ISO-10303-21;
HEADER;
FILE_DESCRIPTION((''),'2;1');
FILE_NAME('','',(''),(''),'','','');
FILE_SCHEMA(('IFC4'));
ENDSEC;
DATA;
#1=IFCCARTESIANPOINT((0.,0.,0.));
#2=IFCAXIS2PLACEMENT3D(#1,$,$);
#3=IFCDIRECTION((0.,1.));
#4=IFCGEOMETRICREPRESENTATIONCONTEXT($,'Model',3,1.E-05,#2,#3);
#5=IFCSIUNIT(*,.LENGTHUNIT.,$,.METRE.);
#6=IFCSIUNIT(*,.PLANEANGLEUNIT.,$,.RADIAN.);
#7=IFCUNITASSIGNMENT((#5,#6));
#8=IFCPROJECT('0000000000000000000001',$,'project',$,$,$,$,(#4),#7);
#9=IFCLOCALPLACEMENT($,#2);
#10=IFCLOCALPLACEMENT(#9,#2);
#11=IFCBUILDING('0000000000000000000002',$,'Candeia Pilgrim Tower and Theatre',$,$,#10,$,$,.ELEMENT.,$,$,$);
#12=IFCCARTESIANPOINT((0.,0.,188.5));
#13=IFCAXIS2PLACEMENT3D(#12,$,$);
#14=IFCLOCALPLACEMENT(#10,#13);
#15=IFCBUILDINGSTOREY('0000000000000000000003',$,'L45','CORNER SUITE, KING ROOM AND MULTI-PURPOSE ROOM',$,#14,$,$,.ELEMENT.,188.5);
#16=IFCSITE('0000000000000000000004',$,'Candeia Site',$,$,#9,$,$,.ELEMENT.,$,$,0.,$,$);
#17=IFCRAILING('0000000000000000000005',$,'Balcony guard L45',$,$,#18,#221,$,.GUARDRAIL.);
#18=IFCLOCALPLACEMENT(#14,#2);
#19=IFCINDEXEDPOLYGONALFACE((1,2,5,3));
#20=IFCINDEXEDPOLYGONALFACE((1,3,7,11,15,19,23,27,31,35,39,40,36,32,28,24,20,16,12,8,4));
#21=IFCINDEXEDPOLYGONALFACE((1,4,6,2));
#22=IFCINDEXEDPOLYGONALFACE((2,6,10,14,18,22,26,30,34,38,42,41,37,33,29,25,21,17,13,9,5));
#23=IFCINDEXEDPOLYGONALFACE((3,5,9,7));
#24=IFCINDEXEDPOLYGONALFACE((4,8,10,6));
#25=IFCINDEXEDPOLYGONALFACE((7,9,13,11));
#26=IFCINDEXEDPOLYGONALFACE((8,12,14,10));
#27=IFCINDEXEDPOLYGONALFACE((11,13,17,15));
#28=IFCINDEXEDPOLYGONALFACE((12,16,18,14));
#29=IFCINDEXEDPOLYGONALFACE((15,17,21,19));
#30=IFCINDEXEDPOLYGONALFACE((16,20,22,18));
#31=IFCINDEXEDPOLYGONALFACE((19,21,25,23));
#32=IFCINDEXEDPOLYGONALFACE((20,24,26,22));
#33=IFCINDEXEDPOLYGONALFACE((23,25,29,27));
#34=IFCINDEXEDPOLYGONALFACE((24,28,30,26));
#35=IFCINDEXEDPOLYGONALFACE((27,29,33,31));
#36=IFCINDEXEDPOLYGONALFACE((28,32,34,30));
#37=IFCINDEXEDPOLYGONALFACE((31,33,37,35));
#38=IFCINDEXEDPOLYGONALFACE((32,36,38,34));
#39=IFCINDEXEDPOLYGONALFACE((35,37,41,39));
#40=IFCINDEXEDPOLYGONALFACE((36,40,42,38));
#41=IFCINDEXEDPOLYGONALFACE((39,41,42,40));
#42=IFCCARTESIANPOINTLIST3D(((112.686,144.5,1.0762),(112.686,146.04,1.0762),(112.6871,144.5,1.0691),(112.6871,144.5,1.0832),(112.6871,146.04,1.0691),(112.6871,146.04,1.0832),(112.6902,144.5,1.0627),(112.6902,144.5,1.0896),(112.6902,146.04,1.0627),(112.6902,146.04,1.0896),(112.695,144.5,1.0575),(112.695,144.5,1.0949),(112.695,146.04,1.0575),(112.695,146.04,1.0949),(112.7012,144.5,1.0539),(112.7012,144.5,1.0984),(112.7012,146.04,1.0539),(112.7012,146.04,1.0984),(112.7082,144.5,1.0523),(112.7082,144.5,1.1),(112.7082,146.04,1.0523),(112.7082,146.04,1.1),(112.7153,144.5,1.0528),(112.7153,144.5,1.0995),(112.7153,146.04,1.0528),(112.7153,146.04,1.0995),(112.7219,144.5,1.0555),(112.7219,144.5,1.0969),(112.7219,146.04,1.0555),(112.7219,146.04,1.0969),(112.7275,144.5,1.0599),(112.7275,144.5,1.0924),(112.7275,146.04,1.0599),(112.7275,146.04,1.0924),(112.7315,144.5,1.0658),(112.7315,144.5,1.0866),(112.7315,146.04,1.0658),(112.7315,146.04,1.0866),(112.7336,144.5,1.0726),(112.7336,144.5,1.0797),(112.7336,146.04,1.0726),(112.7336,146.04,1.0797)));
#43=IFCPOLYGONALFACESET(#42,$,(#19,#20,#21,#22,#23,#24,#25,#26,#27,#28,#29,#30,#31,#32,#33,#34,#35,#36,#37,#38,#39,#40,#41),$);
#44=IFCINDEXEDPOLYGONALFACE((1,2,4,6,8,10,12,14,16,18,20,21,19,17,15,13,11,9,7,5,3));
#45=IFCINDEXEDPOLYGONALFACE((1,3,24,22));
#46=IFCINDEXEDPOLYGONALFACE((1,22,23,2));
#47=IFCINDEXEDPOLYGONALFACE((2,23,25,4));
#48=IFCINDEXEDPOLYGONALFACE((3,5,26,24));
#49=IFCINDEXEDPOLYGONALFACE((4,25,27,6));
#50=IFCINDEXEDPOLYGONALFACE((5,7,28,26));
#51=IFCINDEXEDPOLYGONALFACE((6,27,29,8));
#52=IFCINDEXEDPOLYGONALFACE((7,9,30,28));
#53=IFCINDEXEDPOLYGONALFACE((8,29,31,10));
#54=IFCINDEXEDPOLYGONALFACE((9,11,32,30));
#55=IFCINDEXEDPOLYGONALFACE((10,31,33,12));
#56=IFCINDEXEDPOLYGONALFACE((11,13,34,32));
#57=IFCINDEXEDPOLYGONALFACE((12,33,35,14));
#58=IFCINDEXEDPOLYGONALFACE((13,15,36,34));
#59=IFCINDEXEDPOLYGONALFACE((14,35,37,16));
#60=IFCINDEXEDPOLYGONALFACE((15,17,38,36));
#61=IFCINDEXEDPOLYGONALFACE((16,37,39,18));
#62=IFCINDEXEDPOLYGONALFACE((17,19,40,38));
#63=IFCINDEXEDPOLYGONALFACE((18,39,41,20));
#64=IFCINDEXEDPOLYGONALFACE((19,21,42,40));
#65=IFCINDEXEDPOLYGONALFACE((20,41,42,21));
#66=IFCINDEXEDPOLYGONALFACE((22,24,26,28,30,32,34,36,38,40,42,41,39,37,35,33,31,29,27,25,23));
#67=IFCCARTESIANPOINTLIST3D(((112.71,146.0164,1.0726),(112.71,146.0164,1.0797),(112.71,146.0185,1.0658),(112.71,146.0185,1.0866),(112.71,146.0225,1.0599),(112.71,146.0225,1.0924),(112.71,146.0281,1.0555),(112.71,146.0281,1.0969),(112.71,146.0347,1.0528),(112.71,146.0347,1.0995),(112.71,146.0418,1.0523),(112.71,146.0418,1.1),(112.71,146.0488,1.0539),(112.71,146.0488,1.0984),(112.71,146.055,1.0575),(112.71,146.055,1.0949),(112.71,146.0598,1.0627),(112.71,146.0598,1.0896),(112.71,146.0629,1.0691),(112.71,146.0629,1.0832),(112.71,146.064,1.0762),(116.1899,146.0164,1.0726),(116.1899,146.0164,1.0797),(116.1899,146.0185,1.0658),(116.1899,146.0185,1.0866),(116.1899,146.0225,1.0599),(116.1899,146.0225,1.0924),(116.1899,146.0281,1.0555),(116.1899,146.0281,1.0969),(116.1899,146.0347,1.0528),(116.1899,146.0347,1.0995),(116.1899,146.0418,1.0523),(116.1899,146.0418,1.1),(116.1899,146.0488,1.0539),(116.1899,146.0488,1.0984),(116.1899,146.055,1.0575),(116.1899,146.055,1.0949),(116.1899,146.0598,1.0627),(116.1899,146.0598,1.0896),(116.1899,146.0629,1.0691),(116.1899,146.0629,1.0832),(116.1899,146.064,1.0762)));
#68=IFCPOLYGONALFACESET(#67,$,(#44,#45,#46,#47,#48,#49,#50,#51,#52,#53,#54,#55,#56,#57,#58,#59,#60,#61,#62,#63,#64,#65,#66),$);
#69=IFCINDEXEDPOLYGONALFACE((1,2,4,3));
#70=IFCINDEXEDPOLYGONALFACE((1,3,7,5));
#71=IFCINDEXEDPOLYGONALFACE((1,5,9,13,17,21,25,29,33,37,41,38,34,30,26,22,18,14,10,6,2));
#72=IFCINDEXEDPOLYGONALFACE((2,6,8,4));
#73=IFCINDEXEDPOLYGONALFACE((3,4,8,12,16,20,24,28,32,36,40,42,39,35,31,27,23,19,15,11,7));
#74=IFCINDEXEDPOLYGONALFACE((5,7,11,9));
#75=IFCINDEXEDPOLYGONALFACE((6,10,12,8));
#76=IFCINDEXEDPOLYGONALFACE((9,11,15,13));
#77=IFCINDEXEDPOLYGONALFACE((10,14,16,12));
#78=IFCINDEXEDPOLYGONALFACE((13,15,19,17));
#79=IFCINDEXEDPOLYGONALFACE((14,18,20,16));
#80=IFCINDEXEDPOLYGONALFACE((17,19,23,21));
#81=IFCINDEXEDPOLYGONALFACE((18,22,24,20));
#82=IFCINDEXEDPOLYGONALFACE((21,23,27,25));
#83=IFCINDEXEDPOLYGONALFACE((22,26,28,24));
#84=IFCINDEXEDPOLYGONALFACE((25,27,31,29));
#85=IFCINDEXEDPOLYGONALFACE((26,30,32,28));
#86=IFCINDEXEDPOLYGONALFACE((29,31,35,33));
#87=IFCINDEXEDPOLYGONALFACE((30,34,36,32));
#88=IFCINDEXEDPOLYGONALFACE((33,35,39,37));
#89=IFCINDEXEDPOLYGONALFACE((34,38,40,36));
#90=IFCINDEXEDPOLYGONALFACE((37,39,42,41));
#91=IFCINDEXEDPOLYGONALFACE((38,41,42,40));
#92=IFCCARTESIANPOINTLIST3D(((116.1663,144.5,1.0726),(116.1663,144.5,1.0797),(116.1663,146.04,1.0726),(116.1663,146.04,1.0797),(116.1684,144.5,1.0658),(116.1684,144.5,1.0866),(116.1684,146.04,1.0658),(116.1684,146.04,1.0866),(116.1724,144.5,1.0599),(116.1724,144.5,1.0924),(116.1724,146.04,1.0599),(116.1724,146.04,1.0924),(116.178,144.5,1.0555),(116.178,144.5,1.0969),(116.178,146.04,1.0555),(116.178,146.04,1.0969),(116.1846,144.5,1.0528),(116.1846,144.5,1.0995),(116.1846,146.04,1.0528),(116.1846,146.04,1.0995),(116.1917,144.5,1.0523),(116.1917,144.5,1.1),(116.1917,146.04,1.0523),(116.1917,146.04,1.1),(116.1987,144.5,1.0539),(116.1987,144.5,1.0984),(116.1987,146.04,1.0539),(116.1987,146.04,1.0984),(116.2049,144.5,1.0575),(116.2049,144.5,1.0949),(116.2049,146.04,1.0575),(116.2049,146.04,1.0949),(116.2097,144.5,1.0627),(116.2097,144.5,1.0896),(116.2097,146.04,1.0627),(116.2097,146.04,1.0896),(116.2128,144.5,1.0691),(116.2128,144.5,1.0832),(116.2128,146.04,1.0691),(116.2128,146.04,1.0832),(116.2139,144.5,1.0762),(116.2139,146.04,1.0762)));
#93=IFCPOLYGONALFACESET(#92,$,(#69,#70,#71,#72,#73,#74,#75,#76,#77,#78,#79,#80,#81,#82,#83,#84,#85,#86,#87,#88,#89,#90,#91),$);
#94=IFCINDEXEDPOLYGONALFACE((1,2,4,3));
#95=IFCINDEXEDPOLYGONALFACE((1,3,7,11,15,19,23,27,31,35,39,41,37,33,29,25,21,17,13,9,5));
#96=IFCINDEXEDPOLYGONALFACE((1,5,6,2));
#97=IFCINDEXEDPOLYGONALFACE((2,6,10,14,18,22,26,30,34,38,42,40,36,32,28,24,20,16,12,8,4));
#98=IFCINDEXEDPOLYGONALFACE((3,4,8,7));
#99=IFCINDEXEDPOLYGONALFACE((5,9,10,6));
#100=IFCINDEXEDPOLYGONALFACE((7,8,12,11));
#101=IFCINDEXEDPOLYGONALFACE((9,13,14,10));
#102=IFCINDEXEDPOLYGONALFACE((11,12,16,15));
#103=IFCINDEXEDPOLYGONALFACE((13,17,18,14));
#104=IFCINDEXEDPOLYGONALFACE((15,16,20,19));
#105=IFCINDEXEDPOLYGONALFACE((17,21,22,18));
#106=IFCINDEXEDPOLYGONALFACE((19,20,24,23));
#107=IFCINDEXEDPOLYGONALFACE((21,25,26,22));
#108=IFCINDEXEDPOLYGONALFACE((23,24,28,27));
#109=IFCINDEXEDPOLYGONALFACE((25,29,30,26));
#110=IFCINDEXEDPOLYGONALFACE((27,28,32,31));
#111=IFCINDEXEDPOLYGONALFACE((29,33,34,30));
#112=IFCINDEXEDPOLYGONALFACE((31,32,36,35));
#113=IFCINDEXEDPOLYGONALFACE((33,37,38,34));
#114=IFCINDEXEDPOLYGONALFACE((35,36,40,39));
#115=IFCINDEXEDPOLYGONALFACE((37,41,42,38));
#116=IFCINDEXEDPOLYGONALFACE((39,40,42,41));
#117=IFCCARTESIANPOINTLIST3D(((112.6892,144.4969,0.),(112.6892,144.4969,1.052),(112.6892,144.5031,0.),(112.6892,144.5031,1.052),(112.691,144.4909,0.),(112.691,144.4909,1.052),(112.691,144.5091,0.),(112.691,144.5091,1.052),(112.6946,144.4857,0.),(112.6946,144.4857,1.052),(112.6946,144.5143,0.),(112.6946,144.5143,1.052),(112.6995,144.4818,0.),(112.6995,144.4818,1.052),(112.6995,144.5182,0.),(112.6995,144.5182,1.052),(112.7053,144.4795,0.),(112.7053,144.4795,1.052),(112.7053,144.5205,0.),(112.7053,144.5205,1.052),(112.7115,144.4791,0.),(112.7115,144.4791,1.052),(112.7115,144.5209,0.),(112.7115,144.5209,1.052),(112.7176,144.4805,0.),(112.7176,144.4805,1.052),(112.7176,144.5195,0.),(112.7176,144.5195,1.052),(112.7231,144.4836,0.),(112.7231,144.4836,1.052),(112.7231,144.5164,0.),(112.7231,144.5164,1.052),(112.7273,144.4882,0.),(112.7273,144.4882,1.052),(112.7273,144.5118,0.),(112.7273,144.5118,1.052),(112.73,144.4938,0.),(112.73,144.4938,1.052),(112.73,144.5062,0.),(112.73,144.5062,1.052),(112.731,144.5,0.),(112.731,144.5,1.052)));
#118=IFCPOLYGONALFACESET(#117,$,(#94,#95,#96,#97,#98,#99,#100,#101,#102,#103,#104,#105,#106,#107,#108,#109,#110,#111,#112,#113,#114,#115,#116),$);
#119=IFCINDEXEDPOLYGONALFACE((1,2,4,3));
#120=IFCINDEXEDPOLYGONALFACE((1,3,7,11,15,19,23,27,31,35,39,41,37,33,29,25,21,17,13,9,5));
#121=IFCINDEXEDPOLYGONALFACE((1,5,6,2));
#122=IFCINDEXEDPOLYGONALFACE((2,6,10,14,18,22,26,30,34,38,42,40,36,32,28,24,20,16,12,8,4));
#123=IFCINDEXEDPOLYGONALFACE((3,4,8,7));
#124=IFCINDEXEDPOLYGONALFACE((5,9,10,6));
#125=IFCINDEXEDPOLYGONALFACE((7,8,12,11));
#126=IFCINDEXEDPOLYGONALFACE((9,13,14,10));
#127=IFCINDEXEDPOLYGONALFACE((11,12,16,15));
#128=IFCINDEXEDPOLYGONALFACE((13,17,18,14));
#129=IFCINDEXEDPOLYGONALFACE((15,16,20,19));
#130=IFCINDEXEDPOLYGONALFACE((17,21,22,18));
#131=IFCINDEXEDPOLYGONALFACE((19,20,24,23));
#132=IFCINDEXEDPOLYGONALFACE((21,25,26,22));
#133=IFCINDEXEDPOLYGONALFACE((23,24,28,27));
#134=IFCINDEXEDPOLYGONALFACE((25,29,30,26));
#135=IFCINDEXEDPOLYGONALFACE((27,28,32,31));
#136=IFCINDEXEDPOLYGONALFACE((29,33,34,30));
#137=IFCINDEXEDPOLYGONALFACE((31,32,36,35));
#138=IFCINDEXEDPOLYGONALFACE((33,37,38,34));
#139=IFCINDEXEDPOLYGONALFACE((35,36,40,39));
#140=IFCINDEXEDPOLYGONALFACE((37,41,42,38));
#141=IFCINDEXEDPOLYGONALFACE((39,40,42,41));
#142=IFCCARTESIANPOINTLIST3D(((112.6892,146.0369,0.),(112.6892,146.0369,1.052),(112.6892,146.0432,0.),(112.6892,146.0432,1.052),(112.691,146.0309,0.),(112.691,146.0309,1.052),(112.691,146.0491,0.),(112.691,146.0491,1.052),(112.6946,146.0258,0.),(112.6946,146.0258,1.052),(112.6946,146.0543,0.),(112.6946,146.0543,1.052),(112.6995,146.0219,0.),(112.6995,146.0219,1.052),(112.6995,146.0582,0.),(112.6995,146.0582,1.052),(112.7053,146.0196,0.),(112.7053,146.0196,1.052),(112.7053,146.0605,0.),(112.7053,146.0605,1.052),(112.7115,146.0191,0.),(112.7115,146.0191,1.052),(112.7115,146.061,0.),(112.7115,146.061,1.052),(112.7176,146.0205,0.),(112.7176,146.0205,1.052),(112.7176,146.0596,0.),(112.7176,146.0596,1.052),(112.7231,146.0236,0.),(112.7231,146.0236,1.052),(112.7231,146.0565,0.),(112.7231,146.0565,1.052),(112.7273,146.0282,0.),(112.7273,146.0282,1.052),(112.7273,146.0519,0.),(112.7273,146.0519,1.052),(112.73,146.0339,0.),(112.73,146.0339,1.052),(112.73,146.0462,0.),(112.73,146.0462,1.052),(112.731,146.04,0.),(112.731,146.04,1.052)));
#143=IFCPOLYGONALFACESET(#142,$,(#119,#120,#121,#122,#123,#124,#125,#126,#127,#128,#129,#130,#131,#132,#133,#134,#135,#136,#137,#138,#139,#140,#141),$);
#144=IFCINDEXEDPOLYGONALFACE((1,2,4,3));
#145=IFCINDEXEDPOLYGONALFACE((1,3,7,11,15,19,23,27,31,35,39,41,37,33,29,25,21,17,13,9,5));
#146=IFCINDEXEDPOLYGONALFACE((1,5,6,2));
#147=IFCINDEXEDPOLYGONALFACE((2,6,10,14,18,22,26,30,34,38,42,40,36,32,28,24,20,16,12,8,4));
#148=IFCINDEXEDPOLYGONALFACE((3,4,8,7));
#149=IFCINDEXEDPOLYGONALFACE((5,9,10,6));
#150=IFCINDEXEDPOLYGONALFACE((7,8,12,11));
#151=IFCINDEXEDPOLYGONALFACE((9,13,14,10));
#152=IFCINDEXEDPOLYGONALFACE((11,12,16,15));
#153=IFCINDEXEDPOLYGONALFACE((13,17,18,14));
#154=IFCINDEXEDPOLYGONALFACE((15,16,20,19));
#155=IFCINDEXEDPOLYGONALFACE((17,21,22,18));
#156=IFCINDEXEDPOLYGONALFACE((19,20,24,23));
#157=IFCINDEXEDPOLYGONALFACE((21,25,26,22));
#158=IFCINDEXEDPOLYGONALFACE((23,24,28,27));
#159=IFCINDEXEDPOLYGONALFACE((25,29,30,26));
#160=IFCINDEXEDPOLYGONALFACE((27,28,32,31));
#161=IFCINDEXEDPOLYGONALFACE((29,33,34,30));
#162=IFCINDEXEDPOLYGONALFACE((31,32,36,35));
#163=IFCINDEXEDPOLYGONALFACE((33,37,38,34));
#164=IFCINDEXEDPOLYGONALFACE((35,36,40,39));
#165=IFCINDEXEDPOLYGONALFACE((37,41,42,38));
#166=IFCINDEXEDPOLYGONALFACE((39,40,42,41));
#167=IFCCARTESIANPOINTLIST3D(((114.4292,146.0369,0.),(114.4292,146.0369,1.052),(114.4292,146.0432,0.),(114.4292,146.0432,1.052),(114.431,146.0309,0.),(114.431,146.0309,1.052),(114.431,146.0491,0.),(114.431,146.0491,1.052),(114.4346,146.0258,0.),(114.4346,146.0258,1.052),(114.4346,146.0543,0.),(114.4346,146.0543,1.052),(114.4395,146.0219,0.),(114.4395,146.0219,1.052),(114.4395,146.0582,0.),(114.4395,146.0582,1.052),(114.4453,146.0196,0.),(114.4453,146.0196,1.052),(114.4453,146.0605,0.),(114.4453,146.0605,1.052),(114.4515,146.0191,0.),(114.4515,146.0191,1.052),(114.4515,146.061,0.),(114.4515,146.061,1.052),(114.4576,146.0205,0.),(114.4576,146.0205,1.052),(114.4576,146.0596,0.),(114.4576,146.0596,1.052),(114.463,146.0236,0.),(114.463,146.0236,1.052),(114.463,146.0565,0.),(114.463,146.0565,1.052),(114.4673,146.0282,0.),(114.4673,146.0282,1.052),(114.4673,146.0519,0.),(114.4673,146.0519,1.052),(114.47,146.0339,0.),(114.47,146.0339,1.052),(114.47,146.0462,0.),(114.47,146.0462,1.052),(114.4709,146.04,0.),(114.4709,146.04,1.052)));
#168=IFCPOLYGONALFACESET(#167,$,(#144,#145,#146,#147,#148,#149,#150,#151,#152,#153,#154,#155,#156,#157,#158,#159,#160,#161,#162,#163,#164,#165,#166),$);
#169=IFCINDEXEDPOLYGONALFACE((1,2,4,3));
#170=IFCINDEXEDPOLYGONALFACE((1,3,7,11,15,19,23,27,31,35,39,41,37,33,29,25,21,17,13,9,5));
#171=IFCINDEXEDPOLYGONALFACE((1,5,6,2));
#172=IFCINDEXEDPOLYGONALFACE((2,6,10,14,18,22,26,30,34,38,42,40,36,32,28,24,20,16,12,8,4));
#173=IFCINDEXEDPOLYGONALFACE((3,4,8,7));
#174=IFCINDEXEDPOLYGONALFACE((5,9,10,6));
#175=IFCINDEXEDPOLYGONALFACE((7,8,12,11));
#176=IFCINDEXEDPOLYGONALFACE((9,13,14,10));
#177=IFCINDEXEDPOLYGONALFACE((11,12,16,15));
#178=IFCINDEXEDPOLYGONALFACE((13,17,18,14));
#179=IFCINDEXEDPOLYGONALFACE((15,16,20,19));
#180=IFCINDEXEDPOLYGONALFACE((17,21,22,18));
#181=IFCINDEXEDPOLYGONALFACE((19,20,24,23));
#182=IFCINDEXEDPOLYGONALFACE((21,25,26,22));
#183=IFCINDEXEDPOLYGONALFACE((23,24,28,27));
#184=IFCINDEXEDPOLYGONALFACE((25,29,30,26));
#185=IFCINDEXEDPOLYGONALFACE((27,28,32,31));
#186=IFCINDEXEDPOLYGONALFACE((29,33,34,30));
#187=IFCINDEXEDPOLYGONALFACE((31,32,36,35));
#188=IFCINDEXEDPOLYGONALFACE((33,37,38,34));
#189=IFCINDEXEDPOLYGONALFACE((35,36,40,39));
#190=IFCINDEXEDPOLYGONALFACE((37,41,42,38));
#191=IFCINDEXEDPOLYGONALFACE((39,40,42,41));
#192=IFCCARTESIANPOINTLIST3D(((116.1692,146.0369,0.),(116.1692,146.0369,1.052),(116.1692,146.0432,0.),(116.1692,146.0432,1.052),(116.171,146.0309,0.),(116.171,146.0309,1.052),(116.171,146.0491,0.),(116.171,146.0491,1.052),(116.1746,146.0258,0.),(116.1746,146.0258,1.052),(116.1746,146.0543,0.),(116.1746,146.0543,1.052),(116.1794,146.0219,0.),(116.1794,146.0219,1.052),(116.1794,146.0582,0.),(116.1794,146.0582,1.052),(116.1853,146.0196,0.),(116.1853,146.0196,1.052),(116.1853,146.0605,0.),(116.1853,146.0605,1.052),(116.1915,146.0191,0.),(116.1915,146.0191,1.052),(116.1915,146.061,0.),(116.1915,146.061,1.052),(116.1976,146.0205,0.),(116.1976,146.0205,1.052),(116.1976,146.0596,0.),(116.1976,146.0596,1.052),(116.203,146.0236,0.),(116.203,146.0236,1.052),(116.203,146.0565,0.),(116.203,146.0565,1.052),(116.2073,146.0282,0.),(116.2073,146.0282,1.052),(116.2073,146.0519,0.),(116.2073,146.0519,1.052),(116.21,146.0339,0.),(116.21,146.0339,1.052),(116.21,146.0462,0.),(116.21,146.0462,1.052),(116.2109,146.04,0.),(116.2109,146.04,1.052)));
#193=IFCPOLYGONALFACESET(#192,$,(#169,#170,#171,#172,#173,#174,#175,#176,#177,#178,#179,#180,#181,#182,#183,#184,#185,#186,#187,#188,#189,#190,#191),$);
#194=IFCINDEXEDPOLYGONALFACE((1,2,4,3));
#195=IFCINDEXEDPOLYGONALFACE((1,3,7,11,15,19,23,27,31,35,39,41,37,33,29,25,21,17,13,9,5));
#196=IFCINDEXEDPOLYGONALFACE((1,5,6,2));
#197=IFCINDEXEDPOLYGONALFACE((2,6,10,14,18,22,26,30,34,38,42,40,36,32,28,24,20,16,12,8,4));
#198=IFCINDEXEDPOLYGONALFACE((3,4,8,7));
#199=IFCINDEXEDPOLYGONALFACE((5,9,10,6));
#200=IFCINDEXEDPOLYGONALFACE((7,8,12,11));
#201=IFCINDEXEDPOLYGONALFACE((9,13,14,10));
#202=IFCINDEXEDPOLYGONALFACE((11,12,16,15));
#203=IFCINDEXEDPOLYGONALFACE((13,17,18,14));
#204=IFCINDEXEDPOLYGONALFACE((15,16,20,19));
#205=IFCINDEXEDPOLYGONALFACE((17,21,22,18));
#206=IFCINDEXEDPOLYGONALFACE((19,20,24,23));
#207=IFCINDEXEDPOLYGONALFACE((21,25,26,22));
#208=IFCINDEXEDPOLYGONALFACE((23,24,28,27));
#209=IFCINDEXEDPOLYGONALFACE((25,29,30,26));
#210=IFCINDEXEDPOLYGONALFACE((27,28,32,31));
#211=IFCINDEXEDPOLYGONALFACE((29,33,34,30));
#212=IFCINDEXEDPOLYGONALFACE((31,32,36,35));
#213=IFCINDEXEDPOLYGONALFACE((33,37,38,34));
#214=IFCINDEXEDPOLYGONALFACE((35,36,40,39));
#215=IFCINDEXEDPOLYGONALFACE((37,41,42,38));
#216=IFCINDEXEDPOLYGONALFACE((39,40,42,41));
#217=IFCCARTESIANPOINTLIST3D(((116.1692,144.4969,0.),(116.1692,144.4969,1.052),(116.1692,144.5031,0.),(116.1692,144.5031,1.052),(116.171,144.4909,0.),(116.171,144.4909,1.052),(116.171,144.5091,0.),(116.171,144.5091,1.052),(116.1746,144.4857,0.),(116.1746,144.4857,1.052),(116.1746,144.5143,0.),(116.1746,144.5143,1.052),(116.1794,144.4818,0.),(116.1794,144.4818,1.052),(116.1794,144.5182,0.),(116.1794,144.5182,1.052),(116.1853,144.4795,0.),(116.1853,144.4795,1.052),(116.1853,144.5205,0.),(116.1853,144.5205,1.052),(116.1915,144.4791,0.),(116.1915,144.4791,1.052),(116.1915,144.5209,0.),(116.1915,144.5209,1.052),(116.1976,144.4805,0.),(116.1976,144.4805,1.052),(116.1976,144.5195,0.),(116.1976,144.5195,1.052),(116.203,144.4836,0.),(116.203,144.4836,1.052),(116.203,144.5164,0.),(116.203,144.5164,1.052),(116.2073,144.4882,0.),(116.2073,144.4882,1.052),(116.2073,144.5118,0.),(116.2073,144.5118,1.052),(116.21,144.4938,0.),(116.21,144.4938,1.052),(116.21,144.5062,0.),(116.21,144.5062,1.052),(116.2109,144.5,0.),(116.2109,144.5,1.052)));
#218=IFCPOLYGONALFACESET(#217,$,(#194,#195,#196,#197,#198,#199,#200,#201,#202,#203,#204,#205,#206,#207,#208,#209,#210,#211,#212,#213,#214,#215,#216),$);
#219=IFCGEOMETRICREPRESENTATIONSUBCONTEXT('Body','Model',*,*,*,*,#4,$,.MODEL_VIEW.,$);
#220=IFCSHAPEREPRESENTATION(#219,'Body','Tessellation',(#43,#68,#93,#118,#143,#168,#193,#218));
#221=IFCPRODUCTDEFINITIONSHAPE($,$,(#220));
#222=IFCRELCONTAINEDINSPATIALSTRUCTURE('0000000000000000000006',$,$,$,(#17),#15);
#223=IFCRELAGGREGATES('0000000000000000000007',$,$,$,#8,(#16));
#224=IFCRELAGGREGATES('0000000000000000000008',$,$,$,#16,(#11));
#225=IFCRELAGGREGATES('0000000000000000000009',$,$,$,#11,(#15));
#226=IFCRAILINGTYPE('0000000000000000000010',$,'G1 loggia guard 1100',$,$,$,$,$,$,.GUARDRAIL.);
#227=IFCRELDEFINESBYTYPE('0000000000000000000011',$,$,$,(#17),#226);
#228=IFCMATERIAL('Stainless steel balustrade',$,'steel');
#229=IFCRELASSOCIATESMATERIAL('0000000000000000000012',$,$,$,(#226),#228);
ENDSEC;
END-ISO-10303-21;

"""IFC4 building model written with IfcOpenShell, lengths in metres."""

from ifc_helpers import new_model, si_unit, direction, frame, origin, origin_2d, place, context, subcontext, project, spatial, circle, extrude, material, type_object, element, save


model = new_model("IFC4")

# Units and contexts
model_context = context("Model", 3, precision=1e-05, world=origin(), true_north=direction((0.0, 1.0)))
body_context = subcontext(model_context, "Body", "Model", "MODEL_VIEW")
ifc_project = project(units=[si_unit("LENGTHUNIT", "METRE"), si_unit("PLANEANGLEUNIT", "RADIAN")], contexts=[model_context])

# Site, building, storey
site_placement = place(None, origin())
site = spatial("IfcSite", under=ifc_project, at=site_placement, Name="Candeia Site", CompositionType="ELEMENT", RefElevation=0.0)
building_placement = place(site_placement, origin())
building = spatial("IfcBuilding", under=site, at=building_placement, Name="Candeia Pilgrim Tower and Theatre", CompositionType="ELEMENT")
storey_placement = place(building_placement, frame((0.0, 0.0, 188.5)))
storey = spatial("IfcBuildingStorey", under=building, at=storey_placement, Name="L45", Description="CORNER SUITE, KING ROOM AND MULTI-PURPOSE ROOM", CompositionType="ELEMENT", Elevation=188.5)

# Railing
ifc_material_1 = material(Name="Stainless steel balustrade", Category="steel")
railing_type = type_object("IfcRailingType", Name="G1 loggia guard 1100", PredefinedType="GUARDRAIL", material=ifc_material_1)
railing_1_placement = place(storey_placement, frame((112.71, 144.5, 0.0)))
element("IfcRailing", 1, at=railing_1_placement, inside=storey, type_object=railing_type, Name="Balcony guard L45", PredefinedType="GUARDRAIL", context=body_context, shape_type="SweptSolid", body=[
    extrude(circle(Radius=0.0239, at=origin_2d()), frame((0.0, 0.0, 1.0762), z_axis=(0.0, 1.0, 0.0), x_axis=(-1.0, 0.0, 0.0)), (0.0, 0.0, 1.0), 1.54),
    extrude(circle(Radius=0.0239, at=origin_2d()), frame((0.0, 1.54, 1.0762), z_axis=(1.0, 0.0, 0.0), x_axis=(0.0, 1.0, 0.0)), (0.0, 0.0, 1.0), 3.48),
    extrude(circle(Radius=0.0239, at=origin_2d()), frame((3.48, 1.54, 1.0762), z_axis=(0.0, -1.0, 0.0), x_axis=(1.0, 0.0, 0.0)), (0.0, 0.0, 1.0), 1.54),
    extrude(circle(Radius=0.021, at=origin_2d()), origin(), (0.0, 0.0, 1.0), 1.052),
    extrude(circle(Radius=0.021, at=origin_2d()), frame((0.0, 1.54, 0.0)), (0.0, 0.0, 1.0), 1.052),
    extrude(circle(Radius=0.021, at=origin_2d()), frame((1.74, 1.54, 0.0)), (0.0, 0.0, 1.0), 1.052),
    extrude(circle(Radius=0.021, at=origin_2d()), frame((3.48, 1.54, 0.0)), (0.0, 0.0, 1.0), 1.052),
    extrude(circle(Radius=0.021, at=origin_2d()), frame((3.48, 0.0, 0.0)), (0.0, 0.0, 1.0), 1.052),
])

save(model, "model.ifc")
